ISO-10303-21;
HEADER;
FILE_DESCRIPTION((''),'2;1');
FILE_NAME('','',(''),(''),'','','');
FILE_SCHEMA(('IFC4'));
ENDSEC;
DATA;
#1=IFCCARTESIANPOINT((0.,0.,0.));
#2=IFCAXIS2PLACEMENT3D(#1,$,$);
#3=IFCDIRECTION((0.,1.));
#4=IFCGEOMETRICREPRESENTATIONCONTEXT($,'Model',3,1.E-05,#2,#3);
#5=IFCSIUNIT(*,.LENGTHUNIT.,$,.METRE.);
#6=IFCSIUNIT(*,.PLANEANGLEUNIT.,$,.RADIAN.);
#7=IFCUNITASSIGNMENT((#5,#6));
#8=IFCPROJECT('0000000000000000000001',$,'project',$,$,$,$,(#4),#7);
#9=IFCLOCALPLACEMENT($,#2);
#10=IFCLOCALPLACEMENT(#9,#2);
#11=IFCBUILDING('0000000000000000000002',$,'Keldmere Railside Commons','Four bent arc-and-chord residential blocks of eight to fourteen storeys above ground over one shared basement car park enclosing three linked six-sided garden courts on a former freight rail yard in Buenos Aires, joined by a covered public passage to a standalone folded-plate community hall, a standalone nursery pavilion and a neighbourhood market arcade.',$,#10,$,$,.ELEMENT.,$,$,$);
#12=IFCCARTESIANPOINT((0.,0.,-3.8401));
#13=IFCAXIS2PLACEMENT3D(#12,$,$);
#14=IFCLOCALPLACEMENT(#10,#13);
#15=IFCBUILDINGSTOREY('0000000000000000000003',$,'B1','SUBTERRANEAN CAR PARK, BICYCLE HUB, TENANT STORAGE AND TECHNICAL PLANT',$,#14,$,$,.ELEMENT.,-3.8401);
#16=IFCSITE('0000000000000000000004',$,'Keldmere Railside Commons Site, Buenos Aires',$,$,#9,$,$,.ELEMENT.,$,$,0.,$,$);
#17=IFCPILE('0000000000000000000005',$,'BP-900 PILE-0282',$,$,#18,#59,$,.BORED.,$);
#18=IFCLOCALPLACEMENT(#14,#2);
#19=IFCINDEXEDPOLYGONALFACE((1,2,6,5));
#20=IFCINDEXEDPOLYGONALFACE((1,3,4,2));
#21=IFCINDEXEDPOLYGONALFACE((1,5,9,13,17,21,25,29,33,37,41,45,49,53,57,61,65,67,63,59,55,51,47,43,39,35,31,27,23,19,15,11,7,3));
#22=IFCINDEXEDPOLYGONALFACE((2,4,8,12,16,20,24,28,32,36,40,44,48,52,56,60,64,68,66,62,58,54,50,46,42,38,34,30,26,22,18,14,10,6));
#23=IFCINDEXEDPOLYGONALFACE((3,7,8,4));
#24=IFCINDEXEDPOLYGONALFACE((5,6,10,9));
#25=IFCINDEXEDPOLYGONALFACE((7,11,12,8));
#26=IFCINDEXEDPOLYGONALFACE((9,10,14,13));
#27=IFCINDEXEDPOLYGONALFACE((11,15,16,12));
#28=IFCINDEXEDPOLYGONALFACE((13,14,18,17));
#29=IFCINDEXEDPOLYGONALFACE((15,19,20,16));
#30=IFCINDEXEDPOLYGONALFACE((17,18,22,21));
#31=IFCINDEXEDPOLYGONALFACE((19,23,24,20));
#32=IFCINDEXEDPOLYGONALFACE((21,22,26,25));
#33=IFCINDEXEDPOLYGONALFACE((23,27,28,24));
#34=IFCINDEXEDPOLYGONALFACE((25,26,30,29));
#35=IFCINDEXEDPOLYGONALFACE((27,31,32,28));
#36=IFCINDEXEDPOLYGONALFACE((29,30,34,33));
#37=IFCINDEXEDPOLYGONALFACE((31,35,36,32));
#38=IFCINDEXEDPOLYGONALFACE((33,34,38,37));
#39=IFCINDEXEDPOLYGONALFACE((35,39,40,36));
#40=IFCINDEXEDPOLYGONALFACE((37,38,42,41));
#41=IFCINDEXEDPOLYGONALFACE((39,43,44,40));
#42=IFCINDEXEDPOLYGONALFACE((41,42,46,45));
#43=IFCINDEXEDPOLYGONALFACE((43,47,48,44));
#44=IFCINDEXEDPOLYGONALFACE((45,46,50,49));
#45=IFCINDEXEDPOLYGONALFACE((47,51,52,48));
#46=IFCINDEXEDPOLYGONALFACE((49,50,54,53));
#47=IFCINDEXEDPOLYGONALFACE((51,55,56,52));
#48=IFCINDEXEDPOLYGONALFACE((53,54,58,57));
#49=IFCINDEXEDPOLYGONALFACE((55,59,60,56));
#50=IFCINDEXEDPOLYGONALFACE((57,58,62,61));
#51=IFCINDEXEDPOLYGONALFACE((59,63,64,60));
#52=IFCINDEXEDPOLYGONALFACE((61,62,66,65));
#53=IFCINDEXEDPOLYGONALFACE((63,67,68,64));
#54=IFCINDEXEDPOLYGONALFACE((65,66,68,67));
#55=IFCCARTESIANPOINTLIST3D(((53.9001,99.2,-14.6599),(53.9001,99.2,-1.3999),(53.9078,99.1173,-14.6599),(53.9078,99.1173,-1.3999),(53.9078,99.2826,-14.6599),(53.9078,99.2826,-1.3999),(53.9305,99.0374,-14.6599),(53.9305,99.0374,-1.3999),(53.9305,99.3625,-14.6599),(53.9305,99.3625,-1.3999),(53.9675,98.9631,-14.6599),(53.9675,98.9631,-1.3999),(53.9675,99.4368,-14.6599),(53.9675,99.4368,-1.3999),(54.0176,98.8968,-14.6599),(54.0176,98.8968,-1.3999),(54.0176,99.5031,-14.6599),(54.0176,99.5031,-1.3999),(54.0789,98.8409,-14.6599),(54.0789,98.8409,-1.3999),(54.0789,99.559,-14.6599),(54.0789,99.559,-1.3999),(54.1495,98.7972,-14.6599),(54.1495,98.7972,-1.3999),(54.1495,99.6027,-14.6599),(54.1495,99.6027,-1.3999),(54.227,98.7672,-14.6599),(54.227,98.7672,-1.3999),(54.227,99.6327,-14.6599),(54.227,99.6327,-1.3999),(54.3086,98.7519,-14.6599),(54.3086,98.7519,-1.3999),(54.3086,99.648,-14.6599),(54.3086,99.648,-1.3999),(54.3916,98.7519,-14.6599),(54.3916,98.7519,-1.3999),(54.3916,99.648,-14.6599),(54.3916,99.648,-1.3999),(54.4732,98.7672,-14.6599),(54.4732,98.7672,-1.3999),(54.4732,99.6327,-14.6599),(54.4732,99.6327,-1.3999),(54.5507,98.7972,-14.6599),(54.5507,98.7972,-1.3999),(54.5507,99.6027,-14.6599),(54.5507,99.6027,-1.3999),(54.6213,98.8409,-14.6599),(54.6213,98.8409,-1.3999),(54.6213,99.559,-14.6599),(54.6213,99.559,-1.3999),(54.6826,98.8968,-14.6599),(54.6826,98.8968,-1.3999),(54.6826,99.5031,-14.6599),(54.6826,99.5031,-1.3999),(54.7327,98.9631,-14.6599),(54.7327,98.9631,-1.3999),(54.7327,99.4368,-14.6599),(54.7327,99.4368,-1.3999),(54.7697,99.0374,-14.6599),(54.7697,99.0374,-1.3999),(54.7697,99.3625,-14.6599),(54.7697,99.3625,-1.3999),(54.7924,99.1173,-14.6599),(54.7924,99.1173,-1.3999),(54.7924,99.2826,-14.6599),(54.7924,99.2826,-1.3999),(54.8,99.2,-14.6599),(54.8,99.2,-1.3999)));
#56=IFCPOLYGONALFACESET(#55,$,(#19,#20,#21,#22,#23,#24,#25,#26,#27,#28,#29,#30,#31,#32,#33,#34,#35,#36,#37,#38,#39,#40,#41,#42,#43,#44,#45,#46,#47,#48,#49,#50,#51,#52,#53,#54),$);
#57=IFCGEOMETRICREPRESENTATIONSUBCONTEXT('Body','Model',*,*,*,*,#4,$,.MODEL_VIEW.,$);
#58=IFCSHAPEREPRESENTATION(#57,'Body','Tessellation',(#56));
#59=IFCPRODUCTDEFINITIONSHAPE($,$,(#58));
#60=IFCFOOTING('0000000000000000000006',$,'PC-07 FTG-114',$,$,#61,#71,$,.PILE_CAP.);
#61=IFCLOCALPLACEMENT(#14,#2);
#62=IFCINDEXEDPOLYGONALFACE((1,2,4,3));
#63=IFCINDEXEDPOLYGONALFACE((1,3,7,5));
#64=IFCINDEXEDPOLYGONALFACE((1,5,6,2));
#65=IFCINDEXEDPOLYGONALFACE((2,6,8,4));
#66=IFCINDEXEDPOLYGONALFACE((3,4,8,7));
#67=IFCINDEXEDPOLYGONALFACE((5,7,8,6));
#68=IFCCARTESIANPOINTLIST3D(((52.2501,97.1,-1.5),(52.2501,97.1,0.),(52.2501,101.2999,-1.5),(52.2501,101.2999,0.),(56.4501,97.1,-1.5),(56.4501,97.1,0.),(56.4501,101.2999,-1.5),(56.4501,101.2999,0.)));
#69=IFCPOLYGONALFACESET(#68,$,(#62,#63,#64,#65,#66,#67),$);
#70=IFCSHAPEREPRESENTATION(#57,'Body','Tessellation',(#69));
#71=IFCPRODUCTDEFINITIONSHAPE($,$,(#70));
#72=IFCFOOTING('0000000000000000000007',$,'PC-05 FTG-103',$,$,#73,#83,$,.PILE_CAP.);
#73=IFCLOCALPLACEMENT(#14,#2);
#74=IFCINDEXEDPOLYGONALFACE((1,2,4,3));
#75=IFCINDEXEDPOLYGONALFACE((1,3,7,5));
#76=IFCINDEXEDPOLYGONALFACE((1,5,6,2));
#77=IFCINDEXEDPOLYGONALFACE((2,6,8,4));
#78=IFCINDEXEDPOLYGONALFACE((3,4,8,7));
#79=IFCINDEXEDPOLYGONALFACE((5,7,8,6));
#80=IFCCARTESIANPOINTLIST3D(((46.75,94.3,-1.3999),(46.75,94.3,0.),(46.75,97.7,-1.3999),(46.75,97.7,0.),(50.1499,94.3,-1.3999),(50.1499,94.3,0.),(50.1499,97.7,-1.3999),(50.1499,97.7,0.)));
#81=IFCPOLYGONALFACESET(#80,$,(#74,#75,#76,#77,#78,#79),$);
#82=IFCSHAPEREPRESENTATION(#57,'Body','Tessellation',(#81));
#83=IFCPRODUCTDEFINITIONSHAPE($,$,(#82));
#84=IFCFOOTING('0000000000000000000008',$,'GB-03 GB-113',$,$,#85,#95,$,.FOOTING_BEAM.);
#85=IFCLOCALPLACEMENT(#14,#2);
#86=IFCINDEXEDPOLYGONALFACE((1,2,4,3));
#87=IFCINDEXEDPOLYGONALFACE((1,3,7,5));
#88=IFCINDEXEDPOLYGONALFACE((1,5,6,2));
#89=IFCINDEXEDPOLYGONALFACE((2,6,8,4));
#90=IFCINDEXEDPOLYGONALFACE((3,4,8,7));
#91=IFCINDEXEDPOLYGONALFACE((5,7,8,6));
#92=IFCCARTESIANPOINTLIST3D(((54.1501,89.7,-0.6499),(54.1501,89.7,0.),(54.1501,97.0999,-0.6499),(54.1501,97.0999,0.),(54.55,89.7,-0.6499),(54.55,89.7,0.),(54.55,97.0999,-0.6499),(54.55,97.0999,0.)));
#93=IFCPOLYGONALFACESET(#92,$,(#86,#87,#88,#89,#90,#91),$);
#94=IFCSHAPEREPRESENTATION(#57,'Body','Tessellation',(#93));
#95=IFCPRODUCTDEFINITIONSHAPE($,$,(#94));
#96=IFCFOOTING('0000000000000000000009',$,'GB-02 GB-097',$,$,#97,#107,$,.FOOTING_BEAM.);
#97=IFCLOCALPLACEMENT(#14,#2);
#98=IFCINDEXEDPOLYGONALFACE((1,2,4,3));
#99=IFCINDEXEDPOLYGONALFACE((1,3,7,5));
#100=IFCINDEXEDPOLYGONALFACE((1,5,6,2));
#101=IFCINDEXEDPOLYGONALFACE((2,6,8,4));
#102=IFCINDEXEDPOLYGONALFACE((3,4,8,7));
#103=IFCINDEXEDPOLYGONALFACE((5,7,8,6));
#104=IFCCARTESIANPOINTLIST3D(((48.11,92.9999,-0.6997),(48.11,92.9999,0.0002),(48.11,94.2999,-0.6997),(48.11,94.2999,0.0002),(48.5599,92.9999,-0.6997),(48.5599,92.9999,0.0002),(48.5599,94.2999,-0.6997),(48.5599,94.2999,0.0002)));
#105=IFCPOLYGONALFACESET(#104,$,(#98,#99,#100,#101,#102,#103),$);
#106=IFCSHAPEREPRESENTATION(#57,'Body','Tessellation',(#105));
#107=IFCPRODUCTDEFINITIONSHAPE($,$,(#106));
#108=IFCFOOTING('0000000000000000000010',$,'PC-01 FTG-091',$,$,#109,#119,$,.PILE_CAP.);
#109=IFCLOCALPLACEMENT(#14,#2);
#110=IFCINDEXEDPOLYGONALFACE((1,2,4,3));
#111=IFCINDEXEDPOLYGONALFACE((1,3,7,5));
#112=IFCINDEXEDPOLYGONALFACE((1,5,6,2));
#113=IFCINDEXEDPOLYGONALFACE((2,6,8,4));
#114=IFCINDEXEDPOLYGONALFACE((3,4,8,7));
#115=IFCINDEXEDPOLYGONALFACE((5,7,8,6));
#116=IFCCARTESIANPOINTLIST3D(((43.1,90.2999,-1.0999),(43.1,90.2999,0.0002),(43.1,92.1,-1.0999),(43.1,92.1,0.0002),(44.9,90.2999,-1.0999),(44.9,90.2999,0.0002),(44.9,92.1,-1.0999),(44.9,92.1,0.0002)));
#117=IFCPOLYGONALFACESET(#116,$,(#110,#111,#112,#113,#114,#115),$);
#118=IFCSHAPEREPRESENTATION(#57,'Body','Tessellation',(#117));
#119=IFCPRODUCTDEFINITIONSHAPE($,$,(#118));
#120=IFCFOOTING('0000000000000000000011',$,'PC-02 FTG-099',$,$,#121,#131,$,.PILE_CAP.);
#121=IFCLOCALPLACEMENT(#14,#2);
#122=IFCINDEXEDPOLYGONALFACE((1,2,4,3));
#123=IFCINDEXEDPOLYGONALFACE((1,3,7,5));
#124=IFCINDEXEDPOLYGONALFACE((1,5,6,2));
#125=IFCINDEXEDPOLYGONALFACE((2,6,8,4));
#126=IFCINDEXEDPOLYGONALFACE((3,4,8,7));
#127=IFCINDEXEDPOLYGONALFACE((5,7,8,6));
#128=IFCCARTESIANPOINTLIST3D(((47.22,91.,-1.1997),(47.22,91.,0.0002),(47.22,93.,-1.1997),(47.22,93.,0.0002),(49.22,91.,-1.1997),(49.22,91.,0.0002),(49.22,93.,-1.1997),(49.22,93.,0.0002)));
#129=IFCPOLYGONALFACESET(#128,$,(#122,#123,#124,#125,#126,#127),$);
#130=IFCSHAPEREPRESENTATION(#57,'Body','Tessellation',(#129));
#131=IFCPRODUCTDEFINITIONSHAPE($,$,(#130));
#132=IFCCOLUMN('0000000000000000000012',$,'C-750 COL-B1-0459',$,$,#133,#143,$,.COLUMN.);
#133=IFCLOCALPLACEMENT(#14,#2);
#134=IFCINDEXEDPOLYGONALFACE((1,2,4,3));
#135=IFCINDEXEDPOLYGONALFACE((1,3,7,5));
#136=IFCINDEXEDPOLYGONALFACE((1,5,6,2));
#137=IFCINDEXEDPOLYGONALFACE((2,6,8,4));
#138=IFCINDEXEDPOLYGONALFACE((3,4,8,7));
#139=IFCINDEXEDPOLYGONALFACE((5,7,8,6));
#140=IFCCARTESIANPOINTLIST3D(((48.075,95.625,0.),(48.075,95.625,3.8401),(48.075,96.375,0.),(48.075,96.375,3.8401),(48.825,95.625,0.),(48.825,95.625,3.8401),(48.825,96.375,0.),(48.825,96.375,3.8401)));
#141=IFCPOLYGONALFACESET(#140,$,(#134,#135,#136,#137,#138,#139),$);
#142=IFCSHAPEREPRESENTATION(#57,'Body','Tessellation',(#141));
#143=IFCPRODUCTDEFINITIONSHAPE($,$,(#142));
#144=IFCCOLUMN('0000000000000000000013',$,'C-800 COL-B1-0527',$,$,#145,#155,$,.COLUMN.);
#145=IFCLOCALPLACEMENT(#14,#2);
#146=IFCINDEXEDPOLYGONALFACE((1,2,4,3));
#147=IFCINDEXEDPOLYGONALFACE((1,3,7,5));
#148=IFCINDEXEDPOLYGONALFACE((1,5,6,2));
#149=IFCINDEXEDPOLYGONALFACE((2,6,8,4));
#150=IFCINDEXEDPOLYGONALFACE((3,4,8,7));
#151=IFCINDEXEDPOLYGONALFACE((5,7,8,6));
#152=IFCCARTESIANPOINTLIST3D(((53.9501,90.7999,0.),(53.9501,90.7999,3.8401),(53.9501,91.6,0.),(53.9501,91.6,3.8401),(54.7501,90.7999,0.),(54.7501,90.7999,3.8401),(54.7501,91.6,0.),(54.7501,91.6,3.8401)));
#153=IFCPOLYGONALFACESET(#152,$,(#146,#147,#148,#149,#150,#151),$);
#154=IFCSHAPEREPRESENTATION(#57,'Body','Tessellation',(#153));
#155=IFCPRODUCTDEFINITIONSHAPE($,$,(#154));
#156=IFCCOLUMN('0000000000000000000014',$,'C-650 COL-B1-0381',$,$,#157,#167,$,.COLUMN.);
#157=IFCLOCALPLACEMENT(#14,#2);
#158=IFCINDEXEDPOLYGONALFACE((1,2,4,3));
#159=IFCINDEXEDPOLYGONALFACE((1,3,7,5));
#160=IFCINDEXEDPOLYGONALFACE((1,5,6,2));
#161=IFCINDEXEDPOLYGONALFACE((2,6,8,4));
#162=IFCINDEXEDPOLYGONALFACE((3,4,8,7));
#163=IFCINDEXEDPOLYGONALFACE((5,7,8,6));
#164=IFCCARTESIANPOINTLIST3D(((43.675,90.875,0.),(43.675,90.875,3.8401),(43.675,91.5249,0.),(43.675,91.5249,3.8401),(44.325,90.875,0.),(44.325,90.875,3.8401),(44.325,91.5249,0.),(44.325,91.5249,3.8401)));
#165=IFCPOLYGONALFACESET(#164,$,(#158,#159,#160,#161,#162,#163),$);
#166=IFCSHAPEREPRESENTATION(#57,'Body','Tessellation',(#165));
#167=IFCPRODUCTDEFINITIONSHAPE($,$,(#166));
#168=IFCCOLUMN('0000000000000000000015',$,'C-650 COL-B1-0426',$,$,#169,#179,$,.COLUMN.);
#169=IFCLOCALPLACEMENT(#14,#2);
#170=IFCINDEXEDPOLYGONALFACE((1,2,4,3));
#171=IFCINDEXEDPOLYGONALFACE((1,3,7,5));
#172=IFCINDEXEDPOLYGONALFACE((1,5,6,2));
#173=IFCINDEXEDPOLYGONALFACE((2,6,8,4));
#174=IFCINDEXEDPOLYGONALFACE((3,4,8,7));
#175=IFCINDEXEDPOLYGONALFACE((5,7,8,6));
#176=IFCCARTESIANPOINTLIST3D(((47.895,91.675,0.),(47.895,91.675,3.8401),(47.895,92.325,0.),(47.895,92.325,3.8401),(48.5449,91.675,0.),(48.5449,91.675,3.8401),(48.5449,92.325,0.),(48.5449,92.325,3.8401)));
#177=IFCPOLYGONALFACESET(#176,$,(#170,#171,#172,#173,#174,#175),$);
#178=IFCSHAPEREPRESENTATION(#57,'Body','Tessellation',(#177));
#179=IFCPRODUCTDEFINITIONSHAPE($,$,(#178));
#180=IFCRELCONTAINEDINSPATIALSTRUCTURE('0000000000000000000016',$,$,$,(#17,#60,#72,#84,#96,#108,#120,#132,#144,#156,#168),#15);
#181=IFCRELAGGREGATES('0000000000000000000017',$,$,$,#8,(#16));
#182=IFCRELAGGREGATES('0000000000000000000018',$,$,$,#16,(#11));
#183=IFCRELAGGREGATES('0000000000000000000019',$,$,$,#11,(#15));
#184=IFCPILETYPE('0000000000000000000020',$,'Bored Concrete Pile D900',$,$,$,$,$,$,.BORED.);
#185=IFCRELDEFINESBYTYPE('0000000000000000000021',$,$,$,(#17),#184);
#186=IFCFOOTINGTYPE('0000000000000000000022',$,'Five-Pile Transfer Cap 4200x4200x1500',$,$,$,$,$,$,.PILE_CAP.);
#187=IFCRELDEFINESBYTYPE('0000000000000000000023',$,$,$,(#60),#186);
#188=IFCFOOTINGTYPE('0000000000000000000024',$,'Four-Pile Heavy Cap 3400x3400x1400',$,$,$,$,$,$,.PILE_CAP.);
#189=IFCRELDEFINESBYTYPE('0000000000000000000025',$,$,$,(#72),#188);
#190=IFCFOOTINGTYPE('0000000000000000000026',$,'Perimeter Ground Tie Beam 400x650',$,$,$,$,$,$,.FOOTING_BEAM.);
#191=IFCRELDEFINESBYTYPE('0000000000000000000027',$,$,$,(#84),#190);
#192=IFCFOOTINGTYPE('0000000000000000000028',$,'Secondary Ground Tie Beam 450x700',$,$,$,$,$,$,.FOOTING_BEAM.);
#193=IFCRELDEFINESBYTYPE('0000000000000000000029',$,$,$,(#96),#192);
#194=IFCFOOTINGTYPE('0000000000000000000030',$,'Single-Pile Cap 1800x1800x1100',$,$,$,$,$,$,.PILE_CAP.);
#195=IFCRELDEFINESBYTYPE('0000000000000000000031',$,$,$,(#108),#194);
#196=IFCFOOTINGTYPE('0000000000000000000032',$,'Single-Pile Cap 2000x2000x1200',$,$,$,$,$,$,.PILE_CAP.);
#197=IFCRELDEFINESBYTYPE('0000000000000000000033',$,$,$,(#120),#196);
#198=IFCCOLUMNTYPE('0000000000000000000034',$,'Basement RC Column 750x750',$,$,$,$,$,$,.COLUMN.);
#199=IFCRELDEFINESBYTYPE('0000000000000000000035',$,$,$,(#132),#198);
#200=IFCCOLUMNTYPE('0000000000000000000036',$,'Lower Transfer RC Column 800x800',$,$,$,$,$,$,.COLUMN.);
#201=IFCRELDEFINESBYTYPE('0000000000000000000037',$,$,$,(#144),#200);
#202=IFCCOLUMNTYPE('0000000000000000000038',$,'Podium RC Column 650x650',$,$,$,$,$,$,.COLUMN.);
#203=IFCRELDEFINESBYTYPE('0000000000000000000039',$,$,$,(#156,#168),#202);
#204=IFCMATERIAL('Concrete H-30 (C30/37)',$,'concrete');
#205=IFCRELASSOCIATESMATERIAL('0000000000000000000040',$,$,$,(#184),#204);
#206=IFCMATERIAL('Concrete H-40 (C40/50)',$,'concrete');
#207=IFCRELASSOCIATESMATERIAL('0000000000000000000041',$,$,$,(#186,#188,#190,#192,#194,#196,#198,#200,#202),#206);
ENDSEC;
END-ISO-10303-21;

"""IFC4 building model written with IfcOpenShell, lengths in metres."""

from ifc_helpers import new_model, si_unit, direction, frame, origin, origin_2d, place, context, subcontext, project, spatial, rectangle, circle, extrude, material, material_profile, profile_set, type_object, element, save


model = new_model("IFC4")

# Units and contexts
model_context = context("Model", 3, precision=1e-05, world=origin(), true_north=direction((0.0, 1.0)))
body_context = subcontext(model_context, "Body", "Model", "MODEL_VIEW")
ifc_project = project(units=[si_unit("LENGTHUNIT", "METRE"), si_unit("PLANEANGLEUNIT", "RADIAN")], contexts=[model_context])

# Site, building, storey
site_placement = place(None, origin())
site = spatial("IfcSite", under=ifc_project, at=site_placement, Name="Keldmere Railside Commons Site, Buenos Aires", CompositionType="ELEMENT", RefElevation=0.0)
building_placement = place(site_placement, origin())
building = spatial("IfcBuilding", under=site, at=building_placement, Name="Keldmere Railside Commons", Description="Four bent arc-and-chord residential blocks of eight to fourteen storeys above ground over one shared basement car park enclosing three linked six-sided garden courts on a former freight rail yard in Buenos Aires, joined by a covered public passage to a standalone folded-plate community hall, a standalone nursery pavilion and a neighbourhood market arcade.", CompositionType="ELEMENT")
storey_placement = place(building_placement, frame((0.0, 0.0, -3.8401)))
storey = spatial("IfcBuildingStorey", under=building, at=storey_placement, Name="B1", Description="SUBTERRANEAN CAR PARK, BICYCLE HUB, TENANT STORAGE AND TECHNICAL PLANT", CompositionType="ELEMENT", Elevation=-3.8401)

# Pile
ifc_material_1 = material(Name="Concrete H-30 (C30/37)", Category="concrete")
ifc_material_profile_1 = material_profile(ifc_material_1, circle(Radius=0.45, at=origin_2d()), Name="PILE-D900")
ifc_profile_set_1 = profile_set([ifc_material_profile_1], Name="Concrete H-30 (C30/37)")
pile_type_1 = type_object("IfcPileType", Name="Bored Concrete Pile D900", PredefinedType="BORED", material=ifc_profile_set_1)
for number, where, z_axis, x_axis, name in (
    (1, (54.3501, 99.2, -1.3999), (0.0, 0.0, -1.0), (1.0, 0.0, 0.0), "BP-900 PILE-0282"),
):
    element("IfcPile", number, at=place(storey_placement, frame(where, z_axis=z_axis, x_axis=x_axis)), inside=storey, type_object=pile_type_1, Name=name, PredefinedType="BORED", context=body_context, shape_type="SweptSolid", body=[
        extrude(circle(Radius=0.45, at=origin_2d()), origin(), (0.0, 0.0, 1.0), 13.26),
    ])

# Footings
ifc_material_2 = material(Name="Concrete H-40 (C40/50)", Category="concrete")
footing_type_1 = type_object("IfcFootingType", Name="Five-Pile Transfer Cap 4200x4200x1500", PredefinedType="PILE_CAP", material=ifc_material_2)
footing_1_placement = place(storey_placement, frame((54.3501, 99.2, -1.5), z_axis=(0.0, 0.0, 1.0), x_axis=(1.0, 0.0, 0.0)))
element("IfcFooting", 2, at=footing_1_placement, inside=storey, type_object=footing_type_1, Name="PC-07 FTG-114", PredefinedType="PILE_CAP", context=body_context, shape_type="SweptSolid", body=[
    extrude(rectangle(XDim=4.2, YDim=4.2, at=origin_2d()), origin(), (0.0, 0.0, 1.0), 1.5),
])
footing_type_2 = type_object("IfcFootingType", Name="Four-Pile Heavy Cap 3400x3400x1400", PredefinedType="PILE_CAP", material=ifc_material_2)
footing_2_placement = place(storey_placement, frame((48.45, 96.0, -1.3999), z_axis=(0.0, 0.0, 1.0), x_axis=(1.0, 0.0, 0.0)))
element("IfcFooting", 3, at=footing_2_placement, inside=storey, type_object=footing_type_2, Name="PC-05 FTG-103", PredefinedType="PILE_CAP", context=body_context, shape_type="SweptSolid", body=[
    extrude(rectangle(XDim=3.3999, YDim=3.3999, at=origin_2d()), origin(), (0.0, 0.0, 1.0), 1.3999),
])
footing_type_3 = type_object("IfcFootingType", Name="Perimeter Ground Tie Beam 400x650", PredefinedType="FOOTING_BEAM", material=ifc_material_2)
footing_3_placement = place(storey_placement, frame((54.3501, 93.3999, -0.6499), z_axis=(0.0, 0.0, 1.0), x_axis=(0.0, 1.0, 0.0)))
element("IfcFooting", 4, at=footing_3_placement, inside=storey, type_object=footing_type_3, Name="GB-03 GB-113", PredefinedType="FOOTING_BEAM", context=body_context, shape_type="SweptSolid", body=[
    extrude(rectangle(XDim=7.3999, YDim=0.3999, at=origin_2d()), origin(), (0.0, 0.0, 1.0), 0.6499),
])
footing_type_4 = type_object("IfcFootingType", Name="Secondary Ground Tie Beam 450x700", PredefinedType="FOOTING_BEAM", material=ifc_material_2)
footing_4_placement = place(storey_placement, frame((48.335, 93.6499, -0.6997), z_axis=(0.0, 0.0, 1.0), x_axis=(0.0, 1.0, 0.0)))
element("IfcFooting", 5, at=footing_4_placement, inside=storey, type_object=footing_type_4, Name="GB-02 GB-097", PredefinedType="FOOTING_BEAM", context=body_context, shape_type="SweptSolid", body=[
    extrude(rectangle(XDim=1.3, YDim=0.45, at=origin_2d()), origin(), (0.0, 0.0, 1.0), 0.7),
])
footing_type_5 = type_object("IfcFootingType", Name="Single-Pile Cap 1800x1800x1100", PredefinedType="PILE_CAP", material=ifc_material_2)
footing_5_placement = place(storey_placement, frame((44.0, 91.2, -1.0999), z_axis=(0.0, 0.0, 1.0), x_axis=(1.0, 0.0, 0.0)))
element("IfcFooting", 6, at=footing_5_placement, inside=storey, type_object=footing_type_5, Name="PC-01 FTG-091", PredefinedType="PILE_CAP", context=body_context, shape_type="SweptSolid", body=[
    extrude(rectangle(XDim=1.8, YDim=1.8, at=origin_2d()), origin(), (0.0, 0.0, 1.0), 1.1001),
])
footing_type_6 = type_object("IfcFootingType", Name="Single-Pile Cap 2000x2000x1200", PredefinedType="PILE_CAP", material=ifc_material_2)
footing_6_placement = place(storey_placement, frame((48.22, 92.0, -1.1997), z_axis=(0.0, 0.0, 1.0), x_axis=(1.0, 0.0, 0.0)))
element("IfcFooting", 7, at=footing_6_placement, inside=storey, type_object=footing_type_6, Name="PC-02 FTG-099", PredefinedType="PILE_CAP", context=body_context, shape_type="SweptSolid", body=[
    extrude(rectangle(XDim=2.0, YDim=2.0, at=origin_2d()), origin(), (0.0, 0.0, 1.0), 1.2),
])

# Columns
ifc_material_profile_2 = material_profile(ifc_material_2, rectangle(XDim=0.75, YDim=0.75, at=origin_2d()), Name="RC-750x750")
ifc_profile_set_2 = profile_set([ifc_material_profile_2], Name="Concrete H-40 (C40/50)")
column_type_1 = type_object("IfcColumnType", Name="Basement RC Column 750x750", PredefinedType="COLUMN", material=ifc_profile_set_2)
column_1_placement = place(storey_placement, frame((48.45, 96.0, 0.0), z_axis=(0.0, 0.0, 1.0), x_axis=(1.0, 0.0, 0.0)))
element("IfcColumn", 8, at=column_1_placement, inside=storey, type_object=column_type_1, Name="C-750 COL-B1-0459", PredefinedType="COLUMN", context=body_context, shape_type="SweptSolid", body=[
    extrude(rectangle(XDim=0.75, YDim=0.75, at=origin_2d()), origin(), (0.0, 0.0, 1.0), 3.8401),
])
ifc_material_profile_3 = material_profile(ifc_material_2, rectangle(XDim=0.8, YDim=0.8, at=origin_2d()), Name="RC-800x800")
ifc_profile_set_3 = profile_set([ifc_material_profile_3], Name="Concrete H-40 (C40/50)")
column_type_2 = type_object("IfcColumnType", Name="Lower Transfer RC Column 800x800", PredefinedType="COLUMN", material=ifc_profile_set_3)
column_2_placement = place(storey_placement, frame((54.3501, 91.2, 0.0), z_axis=(0.0, 0.0, 1.0), x_axis=(1.0, 0.0, 0.0)))
element("IfcColumn", 9, at=column_2_placement, inside=storey, type_object=column_type_2, Name="C-800 COL-B1-0527", PredefinedType="COLUMN", context=body_context, shape_type="SweptSolid", body=[
    extrude(rectangle(XDim=0.8, YDim=0.8, at=origin_2d()), origin(), (0.0, 0.0, 1.0), 3.8401),
])
ifc_material_profile_4 = material_profile(ifc_material_2, rectangle(XDim=0.6499, YDim=0.6499, at=origin_2d()), Name="RC-650x650")
ifc_profile_set_4 = profile_set([ifc_material_profile_4], Name="Concrete H-40 (C40/50)")
column_type_3 = type_object("IfcColumnType", Name="Podium RC Column 650x650", PredefinedType="COLUMN", material=ifc_profile_set_4)
for number, where, z_axis, x_axis, name in (
    (10, (44.0, 91.2, 0.0), (0.0, 0.0, 1.0), (1.0, 0.0, 0.0), "C-650 COL-B1-0381"),
    (11, (48.22, 92.0, 0.0), (0.0, 0.0, 1.0), (1.0, 0.0, 0.0), "C-650 COL-B1-0426"),
):
    element("IfcColumn", number, at=place(storey_placement, frame(where, z_axis=z_axis, x_axis=x_axis)), inside=storey, type_object=column_type_3, Name=name, PredefinedType="COLUMN", context=body_context, shape_type="SweptSolid", body=[
        extrude(rectangle(XDim=0.6499, YDim=0.6499, at=origin_2d()), origin(), (0.0, 0.0, 1.0), 3.8401),
    ])

save(model, "model.ifc")
